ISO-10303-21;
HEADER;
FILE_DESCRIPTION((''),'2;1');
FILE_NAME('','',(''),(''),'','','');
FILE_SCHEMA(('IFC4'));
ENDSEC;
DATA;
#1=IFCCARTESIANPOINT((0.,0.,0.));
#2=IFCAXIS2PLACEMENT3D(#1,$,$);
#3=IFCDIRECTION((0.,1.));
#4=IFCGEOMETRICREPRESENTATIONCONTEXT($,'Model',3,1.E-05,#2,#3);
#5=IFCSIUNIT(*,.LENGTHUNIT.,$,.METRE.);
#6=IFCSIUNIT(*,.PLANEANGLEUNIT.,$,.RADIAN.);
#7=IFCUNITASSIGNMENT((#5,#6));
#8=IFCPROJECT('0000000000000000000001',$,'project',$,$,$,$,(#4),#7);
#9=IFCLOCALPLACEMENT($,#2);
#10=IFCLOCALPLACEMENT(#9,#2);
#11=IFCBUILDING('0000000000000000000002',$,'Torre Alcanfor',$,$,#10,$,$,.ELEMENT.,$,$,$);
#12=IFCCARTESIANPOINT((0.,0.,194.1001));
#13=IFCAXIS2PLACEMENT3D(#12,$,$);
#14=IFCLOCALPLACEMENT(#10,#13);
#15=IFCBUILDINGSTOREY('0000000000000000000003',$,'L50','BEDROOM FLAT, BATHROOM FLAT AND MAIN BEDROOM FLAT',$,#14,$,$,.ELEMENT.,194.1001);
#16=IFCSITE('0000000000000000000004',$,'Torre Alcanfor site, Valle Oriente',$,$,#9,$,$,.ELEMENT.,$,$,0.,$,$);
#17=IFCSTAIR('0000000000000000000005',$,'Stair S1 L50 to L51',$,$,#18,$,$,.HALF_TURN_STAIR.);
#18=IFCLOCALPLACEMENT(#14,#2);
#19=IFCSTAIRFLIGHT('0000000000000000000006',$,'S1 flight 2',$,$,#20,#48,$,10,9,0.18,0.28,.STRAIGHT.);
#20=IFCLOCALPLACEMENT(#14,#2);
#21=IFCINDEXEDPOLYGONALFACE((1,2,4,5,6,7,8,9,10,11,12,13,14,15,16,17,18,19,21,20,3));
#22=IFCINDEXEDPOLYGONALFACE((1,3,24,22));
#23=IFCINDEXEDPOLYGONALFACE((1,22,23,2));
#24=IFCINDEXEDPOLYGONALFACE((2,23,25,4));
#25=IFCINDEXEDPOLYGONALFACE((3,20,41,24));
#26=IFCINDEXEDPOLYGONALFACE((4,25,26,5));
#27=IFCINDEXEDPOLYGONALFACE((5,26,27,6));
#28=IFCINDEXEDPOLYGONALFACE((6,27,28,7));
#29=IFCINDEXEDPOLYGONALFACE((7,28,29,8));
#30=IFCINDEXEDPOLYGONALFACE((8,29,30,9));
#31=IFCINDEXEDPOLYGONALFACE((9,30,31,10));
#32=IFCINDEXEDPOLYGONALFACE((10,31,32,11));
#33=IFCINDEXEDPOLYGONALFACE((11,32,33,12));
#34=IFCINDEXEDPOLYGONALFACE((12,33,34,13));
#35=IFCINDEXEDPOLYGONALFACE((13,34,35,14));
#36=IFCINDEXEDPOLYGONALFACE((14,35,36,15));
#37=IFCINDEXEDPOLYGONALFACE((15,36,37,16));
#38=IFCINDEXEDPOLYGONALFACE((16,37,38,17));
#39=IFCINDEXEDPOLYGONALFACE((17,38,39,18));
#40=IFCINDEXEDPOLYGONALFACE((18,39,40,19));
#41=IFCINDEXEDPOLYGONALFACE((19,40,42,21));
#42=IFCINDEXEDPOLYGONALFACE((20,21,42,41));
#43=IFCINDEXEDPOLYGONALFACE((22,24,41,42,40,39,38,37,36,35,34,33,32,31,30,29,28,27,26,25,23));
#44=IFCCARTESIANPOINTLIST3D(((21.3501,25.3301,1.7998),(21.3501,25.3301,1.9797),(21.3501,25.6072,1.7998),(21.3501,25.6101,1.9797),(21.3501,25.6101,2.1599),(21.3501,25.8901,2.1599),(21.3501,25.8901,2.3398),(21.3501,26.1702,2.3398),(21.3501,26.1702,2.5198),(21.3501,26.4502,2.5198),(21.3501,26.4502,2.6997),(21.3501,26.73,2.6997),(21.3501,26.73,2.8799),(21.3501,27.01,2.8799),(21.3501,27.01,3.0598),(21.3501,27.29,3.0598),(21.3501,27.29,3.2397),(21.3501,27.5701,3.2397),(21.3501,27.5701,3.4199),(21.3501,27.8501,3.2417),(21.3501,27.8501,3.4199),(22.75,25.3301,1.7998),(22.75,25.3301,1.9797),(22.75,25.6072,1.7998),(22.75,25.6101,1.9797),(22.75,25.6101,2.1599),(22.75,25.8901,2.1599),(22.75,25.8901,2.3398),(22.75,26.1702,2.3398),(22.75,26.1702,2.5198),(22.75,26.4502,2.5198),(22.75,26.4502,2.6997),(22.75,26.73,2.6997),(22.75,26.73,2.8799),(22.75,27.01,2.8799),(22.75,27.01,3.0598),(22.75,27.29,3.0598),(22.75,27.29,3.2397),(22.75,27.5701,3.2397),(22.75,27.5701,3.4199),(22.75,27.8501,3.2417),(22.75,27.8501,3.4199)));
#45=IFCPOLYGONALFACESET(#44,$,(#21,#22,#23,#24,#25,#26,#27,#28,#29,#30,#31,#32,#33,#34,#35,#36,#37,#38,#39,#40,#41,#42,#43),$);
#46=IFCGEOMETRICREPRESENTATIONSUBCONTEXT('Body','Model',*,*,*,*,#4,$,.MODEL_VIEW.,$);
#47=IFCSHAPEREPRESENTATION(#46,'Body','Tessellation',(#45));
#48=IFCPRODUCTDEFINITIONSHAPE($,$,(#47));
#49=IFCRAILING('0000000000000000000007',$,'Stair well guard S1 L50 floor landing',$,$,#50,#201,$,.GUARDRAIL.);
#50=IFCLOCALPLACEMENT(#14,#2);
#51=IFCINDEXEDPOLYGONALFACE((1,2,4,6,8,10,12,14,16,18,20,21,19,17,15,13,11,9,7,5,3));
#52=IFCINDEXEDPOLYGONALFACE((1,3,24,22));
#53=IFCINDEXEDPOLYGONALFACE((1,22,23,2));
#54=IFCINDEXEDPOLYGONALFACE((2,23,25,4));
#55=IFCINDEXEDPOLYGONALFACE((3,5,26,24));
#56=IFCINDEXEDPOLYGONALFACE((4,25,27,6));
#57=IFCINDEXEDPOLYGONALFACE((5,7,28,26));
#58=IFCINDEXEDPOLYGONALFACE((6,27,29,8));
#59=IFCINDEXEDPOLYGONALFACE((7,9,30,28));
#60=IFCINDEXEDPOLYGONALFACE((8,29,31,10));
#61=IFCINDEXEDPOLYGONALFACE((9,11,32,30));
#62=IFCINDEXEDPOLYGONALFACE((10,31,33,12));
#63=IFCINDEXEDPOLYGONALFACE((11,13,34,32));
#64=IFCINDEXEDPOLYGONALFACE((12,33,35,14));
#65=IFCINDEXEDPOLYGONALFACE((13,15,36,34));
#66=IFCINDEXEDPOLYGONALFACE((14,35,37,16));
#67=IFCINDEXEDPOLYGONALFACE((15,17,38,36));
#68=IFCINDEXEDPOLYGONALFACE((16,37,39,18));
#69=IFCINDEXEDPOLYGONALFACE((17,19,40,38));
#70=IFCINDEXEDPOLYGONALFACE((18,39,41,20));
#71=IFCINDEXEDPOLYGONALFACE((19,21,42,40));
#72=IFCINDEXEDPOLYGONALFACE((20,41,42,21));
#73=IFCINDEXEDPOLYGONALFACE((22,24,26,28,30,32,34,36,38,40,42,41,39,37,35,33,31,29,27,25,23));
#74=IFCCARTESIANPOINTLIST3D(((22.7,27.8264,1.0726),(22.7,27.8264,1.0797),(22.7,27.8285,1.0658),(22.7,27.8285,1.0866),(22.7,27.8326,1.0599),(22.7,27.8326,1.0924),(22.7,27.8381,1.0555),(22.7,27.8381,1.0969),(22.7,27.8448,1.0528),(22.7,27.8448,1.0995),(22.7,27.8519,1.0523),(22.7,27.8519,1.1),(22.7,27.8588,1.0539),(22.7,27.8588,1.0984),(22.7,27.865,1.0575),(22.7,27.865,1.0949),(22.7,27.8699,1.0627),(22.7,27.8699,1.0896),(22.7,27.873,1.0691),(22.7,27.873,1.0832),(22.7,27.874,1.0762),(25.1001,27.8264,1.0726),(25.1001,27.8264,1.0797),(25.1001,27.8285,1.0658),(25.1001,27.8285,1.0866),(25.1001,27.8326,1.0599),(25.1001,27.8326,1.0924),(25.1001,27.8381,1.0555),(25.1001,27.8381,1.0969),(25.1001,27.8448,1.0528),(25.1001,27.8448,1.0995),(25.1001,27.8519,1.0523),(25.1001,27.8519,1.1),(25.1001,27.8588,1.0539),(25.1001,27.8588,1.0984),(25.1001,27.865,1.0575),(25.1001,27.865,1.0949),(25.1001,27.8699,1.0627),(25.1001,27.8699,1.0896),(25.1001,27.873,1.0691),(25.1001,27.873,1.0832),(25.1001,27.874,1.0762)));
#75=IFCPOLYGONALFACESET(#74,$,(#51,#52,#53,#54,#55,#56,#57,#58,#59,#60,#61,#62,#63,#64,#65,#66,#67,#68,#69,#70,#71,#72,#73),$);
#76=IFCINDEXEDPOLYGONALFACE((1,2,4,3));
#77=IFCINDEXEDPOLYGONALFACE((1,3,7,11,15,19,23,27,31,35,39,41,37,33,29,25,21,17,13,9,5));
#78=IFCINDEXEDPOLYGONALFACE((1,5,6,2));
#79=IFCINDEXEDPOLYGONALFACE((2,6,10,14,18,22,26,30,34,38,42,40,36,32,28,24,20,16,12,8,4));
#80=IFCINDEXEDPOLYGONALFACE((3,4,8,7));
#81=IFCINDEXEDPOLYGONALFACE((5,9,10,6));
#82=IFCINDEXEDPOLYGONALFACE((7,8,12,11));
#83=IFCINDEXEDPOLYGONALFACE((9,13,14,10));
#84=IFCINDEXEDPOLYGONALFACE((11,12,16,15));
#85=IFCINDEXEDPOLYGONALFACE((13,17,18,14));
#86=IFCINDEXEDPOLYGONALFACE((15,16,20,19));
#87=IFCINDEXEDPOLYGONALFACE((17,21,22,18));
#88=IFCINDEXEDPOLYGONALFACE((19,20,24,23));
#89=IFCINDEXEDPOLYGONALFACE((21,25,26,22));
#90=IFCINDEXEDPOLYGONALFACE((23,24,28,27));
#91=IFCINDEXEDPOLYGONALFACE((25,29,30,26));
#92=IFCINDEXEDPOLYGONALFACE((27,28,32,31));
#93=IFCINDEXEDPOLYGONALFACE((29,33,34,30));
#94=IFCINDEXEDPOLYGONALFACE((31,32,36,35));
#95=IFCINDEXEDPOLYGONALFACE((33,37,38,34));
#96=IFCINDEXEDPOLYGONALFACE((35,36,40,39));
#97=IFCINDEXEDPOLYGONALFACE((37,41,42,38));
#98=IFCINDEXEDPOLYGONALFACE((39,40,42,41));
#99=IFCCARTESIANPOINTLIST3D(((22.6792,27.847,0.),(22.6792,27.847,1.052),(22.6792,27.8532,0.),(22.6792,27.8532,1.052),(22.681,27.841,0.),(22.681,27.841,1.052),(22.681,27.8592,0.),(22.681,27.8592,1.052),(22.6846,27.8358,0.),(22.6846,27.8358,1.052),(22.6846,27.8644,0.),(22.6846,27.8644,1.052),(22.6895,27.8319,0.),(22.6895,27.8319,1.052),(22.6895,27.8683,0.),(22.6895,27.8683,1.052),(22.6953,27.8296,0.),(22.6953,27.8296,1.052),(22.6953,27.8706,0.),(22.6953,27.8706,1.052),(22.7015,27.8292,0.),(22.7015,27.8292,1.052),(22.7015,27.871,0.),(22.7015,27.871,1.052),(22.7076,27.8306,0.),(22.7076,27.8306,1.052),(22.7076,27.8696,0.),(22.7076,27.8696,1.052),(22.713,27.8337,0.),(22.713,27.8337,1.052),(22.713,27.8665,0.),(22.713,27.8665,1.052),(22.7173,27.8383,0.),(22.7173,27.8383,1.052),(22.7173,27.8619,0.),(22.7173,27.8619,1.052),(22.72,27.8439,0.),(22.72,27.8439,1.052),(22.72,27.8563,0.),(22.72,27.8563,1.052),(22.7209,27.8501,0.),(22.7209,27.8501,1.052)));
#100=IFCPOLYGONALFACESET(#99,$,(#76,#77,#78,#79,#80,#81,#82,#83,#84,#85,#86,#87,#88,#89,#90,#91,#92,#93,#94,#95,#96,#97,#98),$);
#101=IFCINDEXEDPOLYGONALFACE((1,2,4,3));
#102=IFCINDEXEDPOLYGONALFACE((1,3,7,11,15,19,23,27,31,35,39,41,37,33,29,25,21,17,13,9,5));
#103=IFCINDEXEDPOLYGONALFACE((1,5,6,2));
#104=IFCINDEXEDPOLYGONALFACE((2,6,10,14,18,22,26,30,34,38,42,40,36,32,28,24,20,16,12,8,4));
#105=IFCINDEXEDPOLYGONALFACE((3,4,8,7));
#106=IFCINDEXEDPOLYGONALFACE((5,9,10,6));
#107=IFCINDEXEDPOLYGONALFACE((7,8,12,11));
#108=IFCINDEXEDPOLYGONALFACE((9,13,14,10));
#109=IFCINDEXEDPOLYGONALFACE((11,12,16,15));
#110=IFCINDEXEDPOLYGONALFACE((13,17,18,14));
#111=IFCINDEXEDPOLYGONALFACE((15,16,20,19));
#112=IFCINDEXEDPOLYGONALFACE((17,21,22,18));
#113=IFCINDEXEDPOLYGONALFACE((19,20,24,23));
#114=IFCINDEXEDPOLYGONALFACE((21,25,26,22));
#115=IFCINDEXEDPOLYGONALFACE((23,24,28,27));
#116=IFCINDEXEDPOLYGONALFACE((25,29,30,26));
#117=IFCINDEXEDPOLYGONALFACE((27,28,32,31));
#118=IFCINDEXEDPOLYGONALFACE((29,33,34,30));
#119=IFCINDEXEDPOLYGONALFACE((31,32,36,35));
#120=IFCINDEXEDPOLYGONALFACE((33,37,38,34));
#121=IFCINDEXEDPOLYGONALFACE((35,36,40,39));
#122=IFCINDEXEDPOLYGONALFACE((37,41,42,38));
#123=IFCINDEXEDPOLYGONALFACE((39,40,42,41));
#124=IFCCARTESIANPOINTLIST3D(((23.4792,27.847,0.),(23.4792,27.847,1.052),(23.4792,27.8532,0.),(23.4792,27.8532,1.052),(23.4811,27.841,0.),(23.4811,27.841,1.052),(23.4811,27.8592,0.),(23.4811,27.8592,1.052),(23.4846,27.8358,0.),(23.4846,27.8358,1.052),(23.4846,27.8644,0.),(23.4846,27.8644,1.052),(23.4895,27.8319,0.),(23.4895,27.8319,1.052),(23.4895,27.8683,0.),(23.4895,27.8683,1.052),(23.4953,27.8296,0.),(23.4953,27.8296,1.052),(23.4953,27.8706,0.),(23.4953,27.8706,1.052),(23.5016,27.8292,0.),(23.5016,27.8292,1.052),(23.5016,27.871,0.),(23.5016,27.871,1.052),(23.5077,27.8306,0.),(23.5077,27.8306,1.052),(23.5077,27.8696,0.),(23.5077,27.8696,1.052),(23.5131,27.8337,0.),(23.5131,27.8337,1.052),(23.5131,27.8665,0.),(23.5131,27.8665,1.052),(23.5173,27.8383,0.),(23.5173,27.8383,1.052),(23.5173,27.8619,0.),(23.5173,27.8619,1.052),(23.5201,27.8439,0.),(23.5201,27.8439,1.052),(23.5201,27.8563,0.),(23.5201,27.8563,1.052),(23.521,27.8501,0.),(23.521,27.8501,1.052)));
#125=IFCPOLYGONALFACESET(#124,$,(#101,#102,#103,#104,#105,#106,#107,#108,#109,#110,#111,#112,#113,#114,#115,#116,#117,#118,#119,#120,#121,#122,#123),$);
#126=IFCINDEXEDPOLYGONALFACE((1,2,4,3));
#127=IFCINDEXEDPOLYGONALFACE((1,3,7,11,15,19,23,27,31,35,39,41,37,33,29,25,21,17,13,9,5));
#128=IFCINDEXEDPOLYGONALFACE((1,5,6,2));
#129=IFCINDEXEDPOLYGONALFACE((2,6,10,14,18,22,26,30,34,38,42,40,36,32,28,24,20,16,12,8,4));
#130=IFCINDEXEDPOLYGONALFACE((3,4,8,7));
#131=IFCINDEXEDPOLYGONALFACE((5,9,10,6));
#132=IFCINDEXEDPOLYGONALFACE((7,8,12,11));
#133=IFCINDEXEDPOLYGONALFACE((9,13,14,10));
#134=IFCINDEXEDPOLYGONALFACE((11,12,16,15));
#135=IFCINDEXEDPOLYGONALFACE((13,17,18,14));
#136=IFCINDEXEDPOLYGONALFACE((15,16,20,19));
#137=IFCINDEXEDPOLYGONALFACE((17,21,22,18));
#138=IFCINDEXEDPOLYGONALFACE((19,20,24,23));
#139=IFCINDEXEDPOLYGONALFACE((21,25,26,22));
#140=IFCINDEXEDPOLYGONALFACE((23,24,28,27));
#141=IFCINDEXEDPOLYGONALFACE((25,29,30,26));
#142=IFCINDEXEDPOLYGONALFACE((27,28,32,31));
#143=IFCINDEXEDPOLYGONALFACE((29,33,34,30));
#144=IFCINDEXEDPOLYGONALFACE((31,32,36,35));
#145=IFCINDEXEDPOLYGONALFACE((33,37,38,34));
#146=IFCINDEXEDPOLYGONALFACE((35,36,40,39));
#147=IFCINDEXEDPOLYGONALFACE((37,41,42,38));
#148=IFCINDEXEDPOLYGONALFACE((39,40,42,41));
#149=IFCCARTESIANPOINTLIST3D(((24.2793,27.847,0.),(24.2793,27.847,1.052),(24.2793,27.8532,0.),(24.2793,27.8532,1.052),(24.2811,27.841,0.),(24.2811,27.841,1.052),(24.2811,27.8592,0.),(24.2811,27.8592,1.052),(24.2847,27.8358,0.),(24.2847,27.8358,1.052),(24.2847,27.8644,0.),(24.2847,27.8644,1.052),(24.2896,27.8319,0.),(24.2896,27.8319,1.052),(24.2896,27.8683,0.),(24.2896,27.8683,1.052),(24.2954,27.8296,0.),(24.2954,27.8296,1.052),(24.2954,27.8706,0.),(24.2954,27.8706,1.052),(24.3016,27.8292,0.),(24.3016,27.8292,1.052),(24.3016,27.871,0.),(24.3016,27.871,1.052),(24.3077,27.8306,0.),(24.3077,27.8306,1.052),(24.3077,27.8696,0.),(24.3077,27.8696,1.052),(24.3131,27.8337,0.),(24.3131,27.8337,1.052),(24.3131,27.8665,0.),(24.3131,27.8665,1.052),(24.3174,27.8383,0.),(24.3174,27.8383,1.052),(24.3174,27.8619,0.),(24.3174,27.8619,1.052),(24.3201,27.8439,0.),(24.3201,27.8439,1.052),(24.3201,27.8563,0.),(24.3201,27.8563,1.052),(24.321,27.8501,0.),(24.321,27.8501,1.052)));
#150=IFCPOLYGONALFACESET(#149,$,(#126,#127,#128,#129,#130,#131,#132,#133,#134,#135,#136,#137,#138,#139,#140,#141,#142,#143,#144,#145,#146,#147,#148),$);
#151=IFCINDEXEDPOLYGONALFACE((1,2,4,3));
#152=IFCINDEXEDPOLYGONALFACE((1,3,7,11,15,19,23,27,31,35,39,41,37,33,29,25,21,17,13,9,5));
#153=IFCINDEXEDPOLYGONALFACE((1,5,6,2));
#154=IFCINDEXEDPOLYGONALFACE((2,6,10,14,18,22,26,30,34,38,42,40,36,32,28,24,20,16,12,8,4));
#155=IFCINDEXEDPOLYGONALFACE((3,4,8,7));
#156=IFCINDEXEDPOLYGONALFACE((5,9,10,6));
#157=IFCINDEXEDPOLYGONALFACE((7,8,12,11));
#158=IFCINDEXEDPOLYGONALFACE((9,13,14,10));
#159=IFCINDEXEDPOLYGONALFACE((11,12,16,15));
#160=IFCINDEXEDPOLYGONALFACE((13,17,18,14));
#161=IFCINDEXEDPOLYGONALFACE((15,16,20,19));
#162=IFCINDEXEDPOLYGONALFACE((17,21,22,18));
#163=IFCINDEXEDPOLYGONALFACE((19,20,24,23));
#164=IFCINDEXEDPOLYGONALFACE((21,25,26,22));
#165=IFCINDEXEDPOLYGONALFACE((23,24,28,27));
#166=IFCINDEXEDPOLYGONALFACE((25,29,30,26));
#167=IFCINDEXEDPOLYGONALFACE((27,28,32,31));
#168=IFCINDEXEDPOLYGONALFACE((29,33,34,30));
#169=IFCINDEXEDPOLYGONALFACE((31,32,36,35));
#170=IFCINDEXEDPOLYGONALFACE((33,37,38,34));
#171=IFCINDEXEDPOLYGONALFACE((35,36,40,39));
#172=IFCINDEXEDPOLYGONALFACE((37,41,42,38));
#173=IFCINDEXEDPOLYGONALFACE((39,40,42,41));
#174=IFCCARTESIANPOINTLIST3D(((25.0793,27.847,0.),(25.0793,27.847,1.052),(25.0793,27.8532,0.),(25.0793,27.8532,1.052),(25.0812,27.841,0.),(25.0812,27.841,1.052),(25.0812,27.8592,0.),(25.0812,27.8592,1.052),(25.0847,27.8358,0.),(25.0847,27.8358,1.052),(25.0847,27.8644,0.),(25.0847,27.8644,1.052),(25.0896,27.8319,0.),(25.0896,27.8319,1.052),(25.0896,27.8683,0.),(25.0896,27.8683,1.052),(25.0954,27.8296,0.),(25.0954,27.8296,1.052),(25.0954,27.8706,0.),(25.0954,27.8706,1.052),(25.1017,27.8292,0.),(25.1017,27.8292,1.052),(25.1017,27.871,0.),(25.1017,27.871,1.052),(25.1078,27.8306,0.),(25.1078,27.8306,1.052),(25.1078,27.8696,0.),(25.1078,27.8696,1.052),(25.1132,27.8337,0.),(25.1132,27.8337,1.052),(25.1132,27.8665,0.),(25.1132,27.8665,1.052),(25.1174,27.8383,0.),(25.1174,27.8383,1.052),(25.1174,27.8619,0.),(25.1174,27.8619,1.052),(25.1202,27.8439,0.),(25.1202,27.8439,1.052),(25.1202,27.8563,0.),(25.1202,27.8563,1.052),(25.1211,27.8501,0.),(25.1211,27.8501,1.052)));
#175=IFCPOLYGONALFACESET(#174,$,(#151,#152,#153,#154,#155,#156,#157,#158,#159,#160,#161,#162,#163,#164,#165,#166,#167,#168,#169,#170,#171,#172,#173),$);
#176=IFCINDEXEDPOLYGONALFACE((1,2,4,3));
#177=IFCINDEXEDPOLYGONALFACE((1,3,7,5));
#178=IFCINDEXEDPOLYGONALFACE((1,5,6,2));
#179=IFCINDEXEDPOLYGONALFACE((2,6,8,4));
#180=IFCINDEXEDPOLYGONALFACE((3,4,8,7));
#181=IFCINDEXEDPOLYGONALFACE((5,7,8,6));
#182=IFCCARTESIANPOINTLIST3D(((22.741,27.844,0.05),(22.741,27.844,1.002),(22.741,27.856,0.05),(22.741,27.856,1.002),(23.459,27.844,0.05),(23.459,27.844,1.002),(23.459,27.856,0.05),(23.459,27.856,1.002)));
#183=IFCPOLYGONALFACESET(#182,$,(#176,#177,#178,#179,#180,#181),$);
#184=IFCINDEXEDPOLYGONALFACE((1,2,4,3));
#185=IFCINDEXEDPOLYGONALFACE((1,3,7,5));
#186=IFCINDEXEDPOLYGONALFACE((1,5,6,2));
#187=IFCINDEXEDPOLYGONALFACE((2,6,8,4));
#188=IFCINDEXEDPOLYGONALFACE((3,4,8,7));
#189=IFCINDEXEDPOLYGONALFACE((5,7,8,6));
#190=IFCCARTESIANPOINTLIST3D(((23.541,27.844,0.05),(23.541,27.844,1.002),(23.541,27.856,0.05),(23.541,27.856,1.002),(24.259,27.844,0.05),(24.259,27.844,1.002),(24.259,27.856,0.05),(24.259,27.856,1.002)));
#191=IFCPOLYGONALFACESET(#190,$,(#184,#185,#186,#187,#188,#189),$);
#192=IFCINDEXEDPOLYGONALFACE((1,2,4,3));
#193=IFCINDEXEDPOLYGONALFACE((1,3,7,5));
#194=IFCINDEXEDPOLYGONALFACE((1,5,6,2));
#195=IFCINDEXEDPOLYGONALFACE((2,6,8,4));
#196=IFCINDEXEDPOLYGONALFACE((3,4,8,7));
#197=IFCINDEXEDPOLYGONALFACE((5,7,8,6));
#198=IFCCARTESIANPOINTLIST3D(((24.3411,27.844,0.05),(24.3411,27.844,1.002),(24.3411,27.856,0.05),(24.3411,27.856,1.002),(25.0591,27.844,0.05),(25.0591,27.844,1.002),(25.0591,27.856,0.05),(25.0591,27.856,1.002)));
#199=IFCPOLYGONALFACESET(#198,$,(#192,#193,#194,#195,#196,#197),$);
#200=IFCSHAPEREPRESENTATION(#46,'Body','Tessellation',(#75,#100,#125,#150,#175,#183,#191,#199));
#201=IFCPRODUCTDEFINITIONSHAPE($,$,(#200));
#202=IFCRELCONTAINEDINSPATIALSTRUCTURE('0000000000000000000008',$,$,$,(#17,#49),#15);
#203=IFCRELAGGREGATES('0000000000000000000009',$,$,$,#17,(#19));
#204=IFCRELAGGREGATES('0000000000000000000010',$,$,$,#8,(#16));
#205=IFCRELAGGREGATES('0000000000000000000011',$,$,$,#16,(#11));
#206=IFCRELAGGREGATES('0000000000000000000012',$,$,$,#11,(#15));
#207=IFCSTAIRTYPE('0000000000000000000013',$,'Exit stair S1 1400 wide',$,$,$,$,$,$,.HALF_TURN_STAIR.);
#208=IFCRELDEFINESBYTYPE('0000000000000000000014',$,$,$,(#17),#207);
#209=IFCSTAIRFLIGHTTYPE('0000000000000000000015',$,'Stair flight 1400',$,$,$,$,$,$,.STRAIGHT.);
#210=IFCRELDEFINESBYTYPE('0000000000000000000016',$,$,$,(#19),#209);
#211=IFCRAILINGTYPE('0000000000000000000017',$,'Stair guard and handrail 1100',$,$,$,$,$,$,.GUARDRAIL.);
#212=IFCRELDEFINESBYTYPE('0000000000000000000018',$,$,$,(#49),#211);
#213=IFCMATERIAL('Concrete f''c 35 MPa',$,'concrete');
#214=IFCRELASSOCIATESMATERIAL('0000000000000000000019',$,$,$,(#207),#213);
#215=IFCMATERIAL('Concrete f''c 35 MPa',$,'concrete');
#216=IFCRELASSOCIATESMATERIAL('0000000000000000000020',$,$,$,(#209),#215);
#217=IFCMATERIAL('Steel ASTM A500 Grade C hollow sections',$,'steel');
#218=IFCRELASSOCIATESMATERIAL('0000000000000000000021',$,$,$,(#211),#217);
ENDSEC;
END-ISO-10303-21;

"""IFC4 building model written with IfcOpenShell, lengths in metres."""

from ifc_helpers import new_model, si_unit, direction, frame, origin, origin_2d, place, context, subcontext, project, spatial, polyline, circle, outline, extrude, material, type_object, element, aggregate, save


model = new_model("IFC4")

# Units and contexts
model_context = context("Model", 3, precision=1e-05, world=origin(), true_north=direction((0.0, 1.0)))
body_context = subcontext(model_context, "Body", "Model", "MODEL_VIEW")
ifc_project = project(units=[si_unit("LENGTHUNIT", "METRE"), si_unit("PLANEANGLEUNIT", "RADIAN")], contexts=[model_context])

# Site, building, storey
site_placement = place(None, origin())
site = spatial("IfcSite", under=ifc_project, at=site_placement, Name="Torre Alcanfor site, Valle Oriente", CompositionType="ELEMENT", RefElevation=0.0)
building_placement = place(site_placement, origin())
building = spatial("IfcBuilding", under=site, at=building_placement, Name="Torre Alcanfor", CompositionType="ELEMENT")
storey_placement = place(building_placement, frame((0.0, 0.0, 194.1001)))
storey = spatial("IfcBuildingStorey", under=building, at=storey_placement, Name="L50", Description="BEDROOM FLAT, BATHROOM FLAT AND MAIN BEDROOM FLAT", CompositionType="ELEMENT", Elevation=194.1001)

# Stair, stair flight
ifc_material_1 = material(Name="Concrete f'c 35 MPa", Category="concrete")
stair_type = type_object("IfcStairType", Name="Exit stair S1 1400 wide", PredefinedType="HALF_TURN_STAIR", material=ifc_material_1)
stair_placement = place(storey_placement, origin())
stair = element("IfcStair", 1, at=stair_placement, inside=storey, type_object=stair_type, Name="Stair S1 L50 to L51", PredefinedType="HALF_TURN_STAIR")
ifc_material_2 = material(Name="Concrete f'c 35 MPa", Category="concrete")
stair_flight_type = type_object("IfcStairFlightType", Name="Stair flight 1400", PredefinedType="STRAIGHT", material=ifc_material_2)
stair_flight_placement = place(storey_placement, frame((22.05, 25.3301, 1.7998), z_axis=(0.0, 0.0, 1.0), x_axis=(0.0, 1.0, 0.0)))
stair_flight = element("IfcStairFlight", 2, at=stair_flight_placement, type_object=stair_flight_type, Name="S1 flight 2", NumberOfRisers=10, NumberOfTreads=9, PredefinedType="STRAIGHT", RiserHeight=0.18, TreadLength=0.28, context=body_context, shape_type="SweptSolid", body=[
    extrude(outline(polyline([(0.0, 0.0), (0.0, 0.1799), (0.28, 0.1799), (0.28, 0.3601), (0.5601, 0.3601), (0.5601, 0.54), (0.8401, 0.54), (0.8401, 0.72), (1.1201, 0.72), (1.1201, 0.8999), (1.3999, 0.8999), (1.3999, 1.0801), (1.6799, 1.0801), (1.6799, 1.26), (1.96, 1.26), (1.96, 1.4399), (2.24, 1.4399), (2.24, 1.6201), (2.52, 1.6201), (2.52, 1.8), (2.52, 1.4419), (0.2771, 0.0), (0.0, 0.0)])), frame((0.0, 0.7, 0.0), z_axis=(0.0, -1.0, 0.0), x_axis=(1.0, 0.0, 0.0)), (0.0, 0.0, 1.0), 1.3999),
])
aggregate(stair, [stair_flight])

# Railing
ifc_material_3 = material(Name="Steel ASTM A500 Grade C hollow sections", Category="steel")
railing_type = type_object("IfcRailingType", Name="Stair guard and handrail 1100", PredefinedType="GUARDRAIL", material=ifc_material_3)
for number, where, name in (
    (3, (22.7, 27.8501, 0.0), "Stair well guard S1 L50 floor landing"),
):
    element("IfcRailing", number, at=place(storey_placement, frame(where)), inside=storey, type_object=railing_type, Name=name, PredefinedType="GUARDRAIL", context=body_context, shape_type="SweptSolid", body=[
        extrude(circle(Radius=0.0239, at=origin_2d()), frame((0.0, 0.0, 1.0762), z_axis=(1.0, 0.0, 0.0), x_axis=(0.0, 1.0, 0.0)), (0.0, 0.0, 1.0), 2.4001),
        extrude(circle(Radius=0.021, at=origin_2d()), origin(), (0.0, 0.0, 1.0), 1.052),
        extrude(circle(Radius=0.021, at=origin_2d()), frame((0.8, 0.0, 0.0)), (0.0, 0.0, 1.0), 1.052),
        extrude(circle(Radius=0.021, at=origin_2d()), frame((1.6001, 0.0, 0.0)), (0.0, 0.0, 1.0), 1.052),
        extrude(circle(Radius=0.021, at=origin_2d()), frame((2.4001, 0.0, 0.0)), (0.0, 0.0, 1.0), 1.052),
        extrude(outline(polyline([(0.041, 0.05), (0.759, 0.05), (0.759, 1.002), (0.041, 1.002), (0.041, 0.05)])), frame((0.0, 0.0059, 0.0), z_axis=(0.0, -1.0, 0.0), x_axis=(1.0, 0.0, 0.0)), (0.0, 0.0, 1.0), 0.012),
        extrude(outline(polyline([(0.8411, 0.05), (1.5591, 0.05), (1.5591, 1.002), (0.8411, 1.002), (0.8411, 0.05)])), frame((0.0, 0.0059, 0.0), z_axis=(0.0, -1.0, 0.0), x_axis=(1.0, 0.0, 0.0)), (0.0, 0.0, 1.0), 0.012),
        extrude(outline(polyline([(1.6411, 0.05), (2.3591, 0.05), (2.3591, 1.002), (1.6411, 1.002), (1.6411, 0.05)])), frame((0.0, 0.0059, 0.0), z_axis=(0.0, -1.0, 0.0), x_axis=(1.0, 0.0, 0.0)), (0.0, 0.0, 1.0), 0.012),
    ])

save(model, "model.ifc")
